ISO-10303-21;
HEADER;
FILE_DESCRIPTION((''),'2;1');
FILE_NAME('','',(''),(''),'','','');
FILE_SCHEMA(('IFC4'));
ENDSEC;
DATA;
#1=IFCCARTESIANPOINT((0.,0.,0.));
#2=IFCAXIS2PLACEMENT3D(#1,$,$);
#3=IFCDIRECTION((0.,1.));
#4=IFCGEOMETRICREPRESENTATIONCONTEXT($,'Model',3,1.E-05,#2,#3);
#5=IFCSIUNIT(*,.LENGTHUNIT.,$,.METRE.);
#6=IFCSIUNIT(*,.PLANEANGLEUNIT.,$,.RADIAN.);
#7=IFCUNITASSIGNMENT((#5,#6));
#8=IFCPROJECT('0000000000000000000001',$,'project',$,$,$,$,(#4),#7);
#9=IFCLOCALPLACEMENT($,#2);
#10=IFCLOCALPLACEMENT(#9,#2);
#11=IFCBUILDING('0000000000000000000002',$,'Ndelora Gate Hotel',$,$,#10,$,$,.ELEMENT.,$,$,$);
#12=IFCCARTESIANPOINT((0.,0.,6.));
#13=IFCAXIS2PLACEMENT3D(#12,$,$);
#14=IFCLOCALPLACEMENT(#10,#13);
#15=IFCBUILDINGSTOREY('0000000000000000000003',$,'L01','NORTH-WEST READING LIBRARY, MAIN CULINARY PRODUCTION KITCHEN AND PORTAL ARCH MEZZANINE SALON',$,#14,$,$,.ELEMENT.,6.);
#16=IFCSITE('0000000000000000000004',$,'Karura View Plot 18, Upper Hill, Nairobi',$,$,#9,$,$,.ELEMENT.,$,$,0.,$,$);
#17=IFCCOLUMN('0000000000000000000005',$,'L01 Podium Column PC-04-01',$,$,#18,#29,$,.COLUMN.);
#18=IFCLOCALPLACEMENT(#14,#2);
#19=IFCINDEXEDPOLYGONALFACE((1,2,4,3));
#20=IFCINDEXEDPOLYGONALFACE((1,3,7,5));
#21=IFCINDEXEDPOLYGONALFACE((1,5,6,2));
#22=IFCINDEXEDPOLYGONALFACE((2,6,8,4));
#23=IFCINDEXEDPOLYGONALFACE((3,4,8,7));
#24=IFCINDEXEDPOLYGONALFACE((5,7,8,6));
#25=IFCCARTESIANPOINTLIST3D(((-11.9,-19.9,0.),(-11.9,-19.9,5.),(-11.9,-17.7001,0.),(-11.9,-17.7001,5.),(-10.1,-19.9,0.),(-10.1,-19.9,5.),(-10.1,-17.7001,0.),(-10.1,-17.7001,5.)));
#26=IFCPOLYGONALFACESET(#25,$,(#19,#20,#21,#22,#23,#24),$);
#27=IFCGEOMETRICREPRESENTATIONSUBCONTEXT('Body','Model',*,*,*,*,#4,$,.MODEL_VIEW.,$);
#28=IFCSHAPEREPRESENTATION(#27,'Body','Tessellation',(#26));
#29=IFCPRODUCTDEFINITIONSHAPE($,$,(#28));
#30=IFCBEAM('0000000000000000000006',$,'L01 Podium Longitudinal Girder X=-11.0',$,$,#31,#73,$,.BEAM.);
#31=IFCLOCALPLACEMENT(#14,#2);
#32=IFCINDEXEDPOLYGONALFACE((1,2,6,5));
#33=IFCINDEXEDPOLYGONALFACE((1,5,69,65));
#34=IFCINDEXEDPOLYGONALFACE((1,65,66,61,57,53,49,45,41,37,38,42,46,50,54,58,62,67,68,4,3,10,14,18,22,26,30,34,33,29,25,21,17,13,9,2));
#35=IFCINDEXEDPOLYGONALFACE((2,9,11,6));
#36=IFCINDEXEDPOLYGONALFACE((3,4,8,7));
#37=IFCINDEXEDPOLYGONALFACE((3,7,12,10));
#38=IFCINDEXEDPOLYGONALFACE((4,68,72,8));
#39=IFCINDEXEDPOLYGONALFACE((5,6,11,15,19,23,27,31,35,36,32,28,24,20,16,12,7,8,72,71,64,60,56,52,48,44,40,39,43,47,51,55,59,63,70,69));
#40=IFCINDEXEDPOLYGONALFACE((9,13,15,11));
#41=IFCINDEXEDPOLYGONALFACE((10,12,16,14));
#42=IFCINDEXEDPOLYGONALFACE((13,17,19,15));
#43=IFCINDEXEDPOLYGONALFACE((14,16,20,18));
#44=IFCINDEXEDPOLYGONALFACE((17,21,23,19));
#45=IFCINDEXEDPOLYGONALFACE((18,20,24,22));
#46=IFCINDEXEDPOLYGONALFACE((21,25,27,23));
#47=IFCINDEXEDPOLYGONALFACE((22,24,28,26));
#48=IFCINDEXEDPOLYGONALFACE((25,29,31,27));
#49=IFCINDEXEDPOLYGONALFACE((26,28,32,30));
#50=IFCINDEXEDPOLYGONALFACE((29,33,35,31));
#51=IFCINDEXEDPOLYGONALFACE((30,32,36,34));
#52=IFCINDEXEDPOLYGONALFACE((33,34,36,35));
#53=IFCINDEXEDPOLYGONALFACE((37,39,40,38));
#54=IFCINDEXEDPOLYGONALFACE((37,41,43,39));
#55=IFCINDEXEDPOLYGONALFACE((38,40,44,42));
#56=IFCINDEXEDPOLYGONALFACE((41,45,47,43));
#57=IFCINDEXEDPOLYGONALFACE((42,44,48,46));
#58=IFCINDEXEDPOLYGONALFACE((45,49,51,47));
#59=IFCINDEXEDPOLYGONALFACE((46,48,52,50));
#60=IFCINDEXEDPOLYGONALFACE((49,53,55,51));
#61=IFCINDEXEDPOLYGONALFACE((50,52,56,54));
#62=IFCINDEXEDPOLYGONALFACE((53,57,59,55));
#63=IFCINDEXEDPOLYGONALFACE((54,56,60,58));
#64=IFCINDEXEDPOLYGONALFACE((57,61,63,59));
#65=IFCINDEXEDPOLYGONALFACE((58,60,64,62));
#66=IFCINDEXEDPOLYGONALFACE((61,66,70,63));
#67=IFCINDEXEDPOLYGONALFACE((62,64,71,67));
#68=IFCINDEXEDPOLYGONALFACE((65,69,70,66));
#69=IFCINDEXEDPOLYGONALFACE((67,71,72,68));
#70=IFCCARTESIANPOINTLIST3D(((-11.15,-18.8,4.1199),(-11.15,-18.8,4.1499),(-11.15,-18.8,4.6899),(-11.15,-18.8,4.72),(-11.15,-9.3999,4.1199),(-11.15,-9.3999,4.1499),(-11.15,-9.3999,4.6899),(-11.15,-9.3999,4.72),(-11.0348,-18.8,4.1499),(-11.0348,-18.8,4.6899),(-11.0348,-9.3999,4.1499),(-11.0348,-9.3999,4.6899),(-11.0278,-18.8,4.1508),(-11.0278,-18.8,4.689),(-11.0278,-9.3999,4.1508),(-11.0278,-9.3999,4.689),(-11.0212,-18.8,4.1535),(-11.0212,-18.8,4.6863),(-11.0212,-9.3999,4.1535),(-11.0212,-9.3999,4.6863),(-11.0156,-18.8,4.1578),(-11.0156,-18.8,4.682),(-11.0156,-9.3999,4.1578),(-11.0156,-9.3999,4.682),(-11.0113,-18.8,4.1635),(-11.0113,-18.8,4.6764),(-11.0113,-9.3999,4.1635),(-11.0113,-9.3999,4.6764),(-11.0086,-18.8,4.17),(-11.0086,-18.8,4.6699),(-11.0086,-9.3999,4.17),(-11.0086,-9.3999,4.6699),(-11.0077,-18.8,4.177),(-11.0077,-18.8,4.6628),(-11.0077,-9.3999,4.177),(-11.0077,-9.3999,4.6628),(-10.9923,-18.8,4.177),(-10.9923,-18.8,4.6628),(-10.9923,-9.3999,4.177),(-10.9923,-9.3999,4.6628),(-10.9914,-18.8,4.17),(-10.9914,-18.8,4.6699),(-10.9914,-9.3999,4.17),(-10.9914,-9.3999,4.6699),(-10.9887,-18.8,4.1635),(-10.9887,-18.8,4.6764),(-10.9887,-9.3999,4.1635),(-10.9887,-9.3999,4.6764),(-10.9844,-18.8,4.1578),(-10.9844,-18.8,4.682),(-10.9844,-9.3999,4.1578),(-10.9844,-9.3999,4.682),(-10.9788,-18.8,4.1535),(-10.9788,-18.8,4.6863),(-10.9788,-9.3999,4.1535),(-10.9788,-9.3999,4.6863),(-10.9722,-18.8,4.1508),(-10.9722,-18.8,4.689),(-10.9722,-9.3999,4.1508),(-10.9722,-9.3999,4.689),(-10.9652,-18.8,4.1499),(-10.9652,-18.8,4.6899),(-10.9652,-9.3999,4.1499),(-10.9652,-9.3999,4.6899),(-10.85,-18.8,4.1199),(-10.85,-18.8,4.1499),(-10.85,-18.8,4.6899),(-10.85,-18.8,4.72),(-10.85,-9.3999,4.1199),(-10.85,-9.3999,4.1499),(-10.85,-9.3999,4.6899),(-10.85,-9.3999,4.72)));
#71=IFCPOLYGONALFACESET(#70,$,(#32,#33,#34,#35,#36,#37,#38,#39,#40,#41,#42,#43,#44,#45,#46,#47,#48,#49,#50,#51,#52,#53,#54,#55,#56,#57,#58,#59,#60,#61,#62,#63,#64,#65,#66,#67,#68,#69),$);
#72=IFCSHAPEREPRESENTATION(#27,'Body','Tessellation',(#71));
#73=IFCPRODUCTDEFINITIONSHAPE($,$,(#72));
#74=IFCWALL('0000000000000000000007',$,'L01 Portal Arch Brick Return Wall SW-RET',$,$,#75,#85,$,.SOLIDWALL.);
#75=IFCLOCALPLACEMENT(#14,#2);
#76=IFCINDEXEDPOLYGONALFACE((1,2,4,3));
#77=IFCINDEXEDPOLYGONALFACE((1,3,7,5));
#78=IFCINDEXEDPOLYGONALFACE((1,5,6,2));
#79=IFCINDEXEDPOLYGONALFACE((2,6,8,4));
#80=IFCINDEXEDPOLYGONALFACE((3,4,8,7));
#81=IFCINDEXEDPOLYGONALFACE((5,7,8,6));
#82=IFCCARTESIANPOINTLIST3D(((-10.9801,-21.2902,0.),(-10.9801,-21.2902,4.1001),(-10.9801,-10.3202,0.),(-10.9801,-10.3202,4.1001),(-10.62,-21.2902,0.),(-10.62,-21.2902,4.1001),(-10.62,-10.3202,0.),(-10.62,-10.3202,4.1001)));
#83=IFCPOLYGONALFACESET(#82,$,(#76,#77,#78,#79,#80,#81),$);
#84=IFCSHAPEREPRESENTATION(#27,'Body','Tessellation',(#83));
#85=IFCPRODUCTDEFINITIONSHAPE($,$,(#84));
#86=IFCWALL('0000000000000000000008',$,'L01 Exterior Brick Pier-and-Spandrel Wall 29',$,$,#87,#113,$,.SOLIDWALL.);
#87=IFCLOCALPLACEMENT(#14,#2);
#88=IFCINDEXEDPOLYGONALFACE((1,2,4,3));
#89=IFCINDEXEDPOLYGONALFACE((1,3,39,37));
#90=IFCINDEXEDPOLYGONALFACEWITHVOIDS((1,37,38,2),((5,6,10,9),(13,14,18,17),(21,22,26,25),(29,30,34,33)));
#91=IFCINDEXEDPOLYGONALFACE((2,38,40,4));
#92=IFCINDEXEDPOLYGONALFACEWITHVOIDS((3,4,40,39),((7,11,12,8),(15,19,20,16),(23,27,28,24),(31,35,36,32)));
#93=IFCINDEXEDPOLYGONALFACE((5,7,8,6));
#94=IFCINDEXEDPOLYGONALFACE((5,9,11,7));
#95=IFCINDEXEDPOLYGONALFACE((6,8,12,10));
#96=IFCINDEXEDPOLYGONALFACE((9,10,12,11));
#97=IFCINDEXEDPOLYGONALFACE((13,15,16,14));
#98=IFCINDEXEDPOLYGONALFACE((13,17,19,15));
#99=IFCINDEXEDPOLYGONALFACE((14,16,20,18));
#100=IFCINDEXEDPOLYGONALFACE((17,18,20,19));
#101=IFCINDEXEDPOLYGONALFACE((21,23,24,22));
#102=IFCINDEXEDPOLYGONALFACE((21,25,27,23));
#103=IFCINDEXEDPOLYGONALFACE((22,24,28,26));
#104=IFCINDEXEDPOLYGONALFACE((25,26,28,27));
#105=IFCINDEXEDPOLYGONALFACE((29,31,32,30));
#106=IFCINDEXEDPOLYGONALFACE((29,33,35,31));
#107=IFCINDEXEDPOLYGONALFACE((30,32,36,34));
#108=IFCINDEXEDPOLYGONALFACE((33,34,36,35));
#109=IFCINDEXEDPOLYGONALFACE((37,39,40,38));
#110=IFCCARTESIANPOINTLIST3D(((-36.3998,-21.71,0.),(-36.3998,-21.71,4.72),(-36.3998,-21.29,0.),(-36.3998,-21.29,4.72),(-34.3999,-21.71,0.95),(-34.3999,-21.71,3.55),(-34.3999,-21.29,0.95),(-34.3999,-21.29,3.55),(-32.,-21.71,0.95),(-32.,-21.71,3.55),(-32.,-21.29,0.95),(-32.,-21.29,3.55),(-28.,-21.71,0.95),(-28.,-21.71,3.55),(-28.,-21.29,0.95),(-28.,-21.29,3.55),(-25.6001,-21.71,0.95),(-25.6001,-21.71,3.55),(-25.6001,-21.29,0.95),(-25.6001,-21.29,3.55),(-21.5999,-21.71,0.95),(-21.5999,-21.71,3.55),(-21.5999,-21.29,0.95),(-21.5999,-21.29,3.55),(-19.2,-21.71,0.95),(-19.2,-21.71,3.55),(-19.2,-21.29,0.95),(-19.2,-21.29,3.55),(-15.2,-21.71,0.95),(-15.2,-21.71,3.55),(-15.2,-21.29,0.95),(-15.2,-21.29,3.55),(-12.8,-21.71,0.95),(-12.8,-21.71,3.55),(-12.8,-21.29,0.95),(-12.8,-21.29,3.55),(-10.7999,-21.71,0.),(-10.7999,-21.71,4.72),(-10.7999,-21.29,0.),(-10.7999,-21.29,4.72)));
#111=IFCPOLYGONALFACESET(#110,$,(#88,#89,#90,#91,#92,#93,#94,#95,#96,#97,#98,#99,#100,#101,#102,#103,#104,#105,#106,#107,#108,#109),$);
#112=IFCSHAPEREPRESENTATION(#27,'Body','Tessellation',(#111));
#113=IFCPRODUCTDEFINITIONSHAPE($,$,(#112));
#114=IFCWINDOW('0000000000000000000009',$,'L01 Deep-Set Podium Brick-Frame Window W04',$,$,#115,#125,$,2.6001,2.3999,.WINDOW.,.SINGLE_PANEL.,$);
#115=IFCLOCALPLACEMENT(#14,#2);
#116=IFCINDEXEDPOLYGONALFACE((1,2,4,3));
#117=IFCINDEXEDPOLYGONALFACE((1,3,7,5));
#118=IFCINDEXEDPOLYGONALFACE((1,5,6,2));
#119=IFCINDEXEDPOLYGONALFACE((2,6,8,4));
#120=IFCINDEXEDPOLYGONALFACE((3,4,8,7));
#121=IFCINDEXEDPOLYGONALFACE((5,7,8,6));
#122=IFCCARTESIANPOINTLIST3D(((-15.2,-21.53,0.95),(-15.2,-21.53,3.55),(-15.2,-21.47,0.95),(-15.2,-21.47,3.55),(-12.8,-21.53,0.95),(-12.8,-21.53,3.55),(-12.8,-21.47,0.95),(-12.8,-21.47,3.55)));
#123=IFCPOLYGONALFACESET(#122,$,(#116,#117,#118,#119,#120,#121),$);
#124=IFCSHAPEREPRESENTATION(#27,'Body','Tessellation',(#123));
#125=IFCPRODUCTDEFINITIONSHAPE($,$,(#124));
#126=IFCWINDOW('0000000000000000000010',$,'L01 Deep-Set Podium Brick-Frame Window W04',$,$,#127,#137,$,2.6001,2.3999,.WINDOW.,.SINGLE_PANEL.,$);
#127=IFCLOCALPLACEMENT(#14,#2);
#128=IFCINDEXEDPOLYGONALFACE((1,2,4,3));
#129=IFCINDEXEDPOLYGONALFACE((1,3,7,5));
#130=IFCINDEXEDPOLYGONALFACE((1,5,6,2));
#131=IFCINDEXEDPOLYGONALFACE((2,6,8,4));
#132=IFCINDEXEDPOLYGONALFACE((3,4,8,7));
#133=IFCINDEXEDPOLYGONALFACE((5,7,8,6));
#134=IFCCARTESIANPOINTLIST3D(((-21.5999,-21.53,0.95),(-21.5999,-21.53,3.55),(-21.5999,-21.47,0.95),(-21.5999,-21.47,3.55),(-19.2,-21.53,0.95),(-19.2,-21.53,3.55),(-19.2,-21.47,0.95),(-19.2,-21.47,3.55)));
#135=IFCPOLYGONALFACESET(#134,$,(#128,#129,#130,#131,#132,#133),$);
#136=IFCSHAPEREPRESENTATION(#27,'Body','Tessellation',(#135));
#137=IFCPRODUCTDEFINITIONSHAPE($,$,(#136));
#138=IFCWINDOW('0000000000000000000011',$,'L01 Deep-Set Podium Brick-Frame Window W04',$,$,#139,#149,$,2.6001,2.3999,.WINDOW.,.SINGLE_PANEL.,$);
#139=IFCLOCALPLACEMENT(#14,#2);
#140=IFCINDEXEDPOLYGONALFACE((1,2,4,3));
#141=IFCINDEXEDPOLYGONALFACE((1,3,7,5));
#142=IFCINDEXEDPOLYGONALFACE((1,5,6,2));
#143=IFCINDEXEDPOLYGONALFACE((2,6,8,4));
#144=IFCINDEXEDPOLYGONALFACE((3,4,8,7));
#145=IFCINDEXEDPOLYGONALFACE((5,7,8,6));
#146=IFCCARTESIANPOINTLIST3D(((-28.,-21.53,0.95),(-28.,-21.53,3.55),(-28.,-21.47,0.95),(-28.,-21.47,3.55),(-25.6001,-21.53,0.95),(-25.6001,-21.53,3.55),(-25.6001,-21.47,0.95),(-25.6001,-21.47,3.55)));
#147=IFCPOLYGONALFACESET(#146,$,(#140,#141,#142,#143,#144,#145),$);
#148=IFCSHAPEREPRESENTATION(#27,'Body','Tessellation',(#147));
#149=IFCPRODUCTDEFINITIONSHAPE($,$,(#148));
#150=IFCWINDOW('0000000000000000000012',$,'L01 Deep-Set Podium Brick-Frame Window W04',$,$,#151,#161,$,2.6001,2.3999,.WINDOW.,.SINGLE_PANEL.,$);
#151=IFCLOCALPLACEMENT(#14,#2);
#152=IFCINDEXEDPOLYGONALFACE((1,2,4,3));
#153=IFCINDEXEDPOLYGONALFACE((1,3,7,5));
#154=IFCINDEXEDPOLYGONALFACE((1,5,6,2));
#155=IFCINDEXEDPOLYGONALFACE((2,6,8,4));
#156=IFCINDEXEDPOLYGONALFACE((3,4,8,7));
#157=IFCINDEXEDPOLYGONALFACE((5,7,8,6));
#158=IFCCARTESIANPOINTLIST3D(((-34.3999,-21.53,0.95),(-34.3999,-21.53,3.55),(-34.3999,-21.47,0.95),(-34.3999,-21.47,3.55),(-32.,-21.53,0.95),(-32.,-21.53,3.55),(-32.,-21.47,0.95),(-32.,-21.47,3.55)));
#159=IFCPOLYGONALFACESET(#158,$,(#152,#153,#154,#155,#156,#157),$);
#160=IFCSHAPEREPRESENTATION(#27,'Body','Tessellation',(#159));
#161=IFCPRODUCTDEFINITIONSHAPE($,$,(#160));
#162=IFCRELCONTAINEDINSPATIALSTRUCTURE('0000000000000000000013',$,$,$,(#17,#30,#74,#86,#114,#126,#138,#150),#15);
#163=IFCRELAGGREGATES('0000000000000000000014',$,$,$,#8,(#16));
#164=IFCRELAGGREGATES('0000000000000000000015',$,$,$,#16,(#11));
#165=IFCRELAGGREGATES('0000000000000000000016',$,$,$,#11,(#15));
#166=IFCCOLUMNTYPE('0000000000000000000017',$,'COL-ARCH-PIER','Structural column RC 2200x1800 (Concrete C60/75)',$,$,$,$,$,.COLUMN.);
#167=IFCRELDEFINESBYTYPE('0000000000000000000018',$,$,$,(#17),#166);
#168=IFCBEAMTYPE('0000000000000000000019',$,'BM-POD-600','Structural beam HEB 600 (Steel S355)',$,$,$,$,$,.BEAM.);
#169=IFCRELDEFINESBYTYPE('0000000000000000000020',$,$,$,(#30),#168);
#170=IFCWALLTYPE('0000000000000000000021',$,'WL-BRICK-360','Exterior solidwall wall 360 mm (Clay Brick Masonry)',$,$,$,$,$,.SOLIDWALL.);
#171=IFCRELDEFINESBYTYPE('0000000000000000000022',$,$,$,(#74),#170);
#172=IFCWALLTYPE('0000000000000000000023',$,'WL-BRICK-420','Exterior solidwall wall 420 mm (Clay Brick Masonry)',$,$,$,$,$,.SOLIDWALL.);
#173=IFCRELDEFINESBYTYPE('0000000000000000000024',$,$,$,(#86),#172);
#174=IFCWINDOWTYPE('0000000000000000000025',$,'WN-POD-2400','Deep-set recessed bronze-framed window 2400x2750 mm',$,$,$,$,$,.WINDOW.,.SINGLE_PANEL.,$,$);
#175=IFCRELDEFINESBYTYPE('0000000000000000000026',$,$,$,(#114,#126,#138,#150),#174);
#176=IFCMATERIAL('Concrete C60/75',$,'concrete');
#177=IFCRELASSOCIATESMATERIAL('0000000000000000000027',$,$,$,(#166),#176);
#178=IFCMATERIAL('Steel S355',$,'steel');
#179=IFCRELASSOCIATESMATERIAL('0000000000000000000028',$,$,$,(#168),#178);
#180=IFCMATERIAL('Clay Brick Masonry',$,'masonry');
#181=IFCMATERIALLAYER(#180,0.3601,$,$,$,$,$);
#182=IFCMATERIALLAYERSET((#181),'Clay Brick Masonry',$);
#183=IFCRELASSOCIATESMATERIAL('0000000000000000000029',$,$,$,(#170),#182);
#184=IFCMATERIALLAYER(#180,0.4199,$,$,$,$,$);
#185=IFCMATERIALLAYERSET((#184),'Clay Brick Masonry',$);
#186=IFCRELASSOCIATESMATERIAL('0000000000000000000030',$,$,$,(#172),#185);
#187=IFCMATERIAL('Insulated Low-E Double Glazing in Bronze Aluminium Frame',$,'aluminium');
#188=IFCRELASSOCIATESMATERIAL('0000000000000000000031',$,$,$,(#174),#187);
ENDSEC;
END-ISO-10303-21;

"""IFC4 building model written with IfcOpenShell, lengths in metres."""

from ifc_helpers import new_model, si_unit, direction, frame, frame_2d, origin, origin_2d, place, context, subcontext, project, spatial, rectangle, i_section, extrude, material, layer, layer_set, material_profile, profile_set, type_object, element, fill, save


model = new_model("IFC4")

# Units and contexts
model_context = context("Model", 3, precision=1e-05, world=origin(), true_north=direction((0.0, 1.0)))
body_context = subcontext(model_context, "Body", "Model", "MODEL_VIEW")
ifc_project = project(units=[si_unit("LENGTHUNIT", "METRE"), si_unit("PLANEANGLEUNIT", "RADIAN")], contexts=[model_context])

# Site, building, storey
site_placement = place(None, origin())
site = spatial("IfcSite", under=ifc_project, at=site_placement, Name="Karura View Plot 18, Upper Hill, Nairobi", CompositionType="ELEMENT", RefElevation=0.0)
building_placement = place(site_placement, origin())
building = spatial("IfcBuilding", under=site, at=building_placement, Name="Ndelora Gate Hotel", CompositionType="ELEMENT")
storey_placement = place(building_placement, frame((0.0, 0.0, 6.0)))
storey = spatial("IfcBuildingStorey", under=building, at=storey_placement, Name="L01", Description="NORTH-WEST READING LIBRARY, MAIN CULINARY PRODUCTION KITCHEN AND PORTAL ARCH MEZZANINE SALON", CompositionType="ELEMENT", Elevation=6.0)

# Column
ifc_material_1 = material(Name="Concrete C60/75", Category="concrete")
ifc_material_profile_1 = material_profile(ifc_material_1, rectangle(XDim=1.8, YDim=2.2, at=origin_2d()), Name="RC 2200x1800")
ifc_profile_set_1 = profile_set([ifc_material_profile_1], Name="Concrete C60/75")
column_type = type_object("IfcColumnType", Name="COL-ARCH-PIER", Description="Structural column RC 2200x1800 (Concrete C60/75)", PredefinedType="COLUMN", material=ifc_profile_set_1)
column_placement = place(storey_placement, frame((-11.0, -18.8, 0.0), z_axis=(0.0, 0.0, 1.0), x_axis=(1.0, 0.0, 0.0)))
element("IfcColumn", 1, at=column_placement, inside=storey, type_object=column_type, Name="L01 Podium Column PC-04-01", PredefinedType="COLUMN", context=body_context, shape_type="SweptSolid", body=[
    extrude(rectangle(XDim=1.8, YDim=2.2, at=origin_2d()), origin(), (0.0, 0.0, 1.0), 5.0),
])

# Beam
ifc_material_2 = material(Name="Steel S355", Category="steel")
ifc_material_profile_2 = material_profile(ifc_material_2, i_section(OverallWidth=0.3, OverallDepth=0.6001, WebThickness=0.0154, FlangeThickness=0.03, FilletRadius=0.0271, at=origin_2d()), Name="HEB 600")
ifc_profile_set_2 = profile_set([ifc_material_profile_2], Name="Steel S355")
beam_type = type_object("IfcBeamType", Name="BM-POD-600", Description="Structural beam HEB 600 (Steel S355)", PredefinedType="BEAM", material=ifc_profile_set_2)
beam_placement = place(storey_placement, frame((-11.0, -18.8, 4.4199), z_axis=(0.0, 1.0, 0.0), x_axis=(-1.0, 0.0, 0.0)))
element("IfcBeam", 2, at=beam_placement, inside=storey, type_object=beam_type, Name="L01 Podium Longitudinal Girder X=-11.0", PredefinedType="BEAM", context=body_context, shape_type="SweptSolid", body=[
    extrude(i_section(OverallWidth=0.3, OverallDepth=0.6001, WebThickness=0.0154, FlangeThickness=0.03, FilletRadius=0.0271, at=origin_2d()), origin(), (0.0, 0.0, 1.0), 9.4001),
])

# Wall
ifc_material_3 = material(Name="Clay Brick Masonry", Category="masonry")
ifc_layer_1 = layer(ifc_material_3, 0.3601)
ifc_layer_set_1 = layer_set([ifc_layer_1], Name="Clay Brick Masonry")
wall_type_1 = type_object("IfcWallType", Name="WL-BRICK-360", Description="Exterior solidwall wall 360 mm (Clay Brick Masonry)", PredefinedType="SOLIDWALL", material=ifc_layer_set_1)
wall_1_placement = place(storey_placement, frame((-10.8, -21.29, 0.0), z_axis=(0.0, 0.0, 1.0), x_axis=(0.0, 1.0, 0.0)))
element("IfcWall", 3, at=wall_1_placement, inside=storey, type_object=wall_type_1, Name="L01 Portal Arch Brick Return Wall SW-RET", PredefinedType="SOLIDWALL", context=body_context, shape_type="SweptSolid", body=[
    extrude(rectangle(XDim=10.97, YDim=0.3601, at=frame_2d((5.4849, 0.0))), origin(), (0.0, 0.0, 1.0), 4.1001),
])

# Wall, openings, windows
ifc_layer_2 = layer(ifc_material_3, 0.4199)
ifc_layer_set_2 = layer_set([ifc_layer_2], Name="Clay Brick Masonry")
wall_type_2 = type_object("IfcWallType", Name="WL-BRICK-420", Description="Exterior solidwall wall 420 mm (Clay Brick Masonry)", PredefinedType="SOLIDWALL", material=ifc_layer_set_2)
wall_2_placement = place(storey_placement, frame((-10.8, -21.5, 0.0), z_axis=(0.0, 0.0, 1.0), x_axis=(-1.0, 0.0, 0.0)))
wall_2 = element("IfcWall", 4, at=wall_2_placement, inside=storey, type_object=wall_type_2, Name="L01 Exterior Brick Pier-and-Spandrel Wall 29", PredefinedType="SOLIDWALL", context=body_context, shape_type="SweptSolid", body=[
    extrude(rectangle(XDim=25.5999, YDim=0.4199, at=frame_2d((12.7998, 0.0))), origin(), (0.0, 0.0, 1.0), 4.72),
])
opening_1_placement = place(wall_2_placement, frame((2.0, 0.0, 0.95)))
opening_1 = element("IfcOpeningElement", 5, at=opening_1_placement, cuts=wall_2, PredefinedType="OPENING", context=body_context, shape_type="SweptSolid", body=[
    extrude(rectangle(XDim=2.3999, YDim=2.6001, at=frame_2d((1.2, 1.3))), frame((0.0, 0.22, 0.0), z_axis=(0.0, -1.0, 0.0), x_axis=(1.0, 0.0, 0.0)), (0.0, 0.0, 1.0), 0.4399),
])
opening_2_placement = place(wall_2_placement, frame((8.3999, 0.0, 0.95)))
opening_2 = element("IfcOpeningElement", 6, at=opening_2_placement, cuts=wall_2, PredefinedType="OPENING", context=body_context, shape_type="SweptSolid", body=[
    extrude(rectangle(XDim=2.3999, YDim=2.6001, at=frame_2d((1.2, 1.3))), frame((0.0, 0.22, 0.0), z_axis=(0.0, -1.0, 0.0), x_axis=(1.0, 0.0, 0.0)), (0.0, 0.0, 1.0), 0.4399),
])
opening_3_placement = place(wall_2_placement, frame((14.8, 0.0, 0.95)))
opening_3 = element("IfcOpeningElement", 7, at=opening_3_placement, cuts=wall_2, PredefinedType="OPENING", context=body_context, shape_type="SweptSolid", body=[
    extrude(rectangle(XDim=2.3999, YDim=2.6001, at=frame_2d((1.2, 1.3))), frame((0.0, 0.22, 0.0), z_axis=(0.0, -1.0, 0.0), x_axis=(1.0, 0.0, 0.0)), (0.0, 0.0, 1.0), 0.4399),
])
opening_4_placement = place(wall_2_placement, frame((21.2, 0.0, 0.95)))
opening_4 = element("IfcOpeningElement", 8, at=opening_4_placement, cuts=wall_2, PredefinedType="OPENING", context=body_context, shape_type="SweptSolid", body=[
    extrude(rectangle(XDim=2.3999, YDim=2.6001, at=frame_2d((1.2, 1.3))), frame((0.0, 0.22, 0.0), z_axis=(0.0, -1.0, 0.0), x_axis=(1.0, 0.0, 0.0)), (0.0, 0.0, 1.0), 0.4399),
])
ifc_material_4 = material(Name="Insulated Low-E Double Glazing in Bronze Aluminium Frame", Category="aluminium")
window_type = type_object("IfcWindowType", Name="WN-POD-2400", Description="Deep-set recessed bronze-framed window 2400x2750 mm", PartitioningType="SINGLE_PANEL", PredefinedType="WINDOW", material=ifc_material_4)
window_1_placement = place(opening_1_placement, origin())
window_1 = element("IfcWindow", 9, at=window_1_placement, inside=storey, type_object=window_type, Name="L01 Deep-Set Podium Brick-Frame Window W04", OverallHeight=2.6001, OverallWidth=2.3999, PartitioningType="SINGLE_PANEL", PredefinedType="WINDOW", context=body_context, shape_type="SweptSolid", body=[
    extrude(rectangle(XDim=2.3999, YDim=2.6001, at=frame_2d((1.2, 1.3))), frame((0.0, 0.03, 0.0), z_axis=(0.0, -1.0, 0.0), x_axis=(1.0, 0.0, 0.0)), (0.0, 0.0, 1.0), 0.0601),
])
fill(opening_1, window_1)
window_2_placement = place(opening_2_placement, origin())
window_2 = element("IfcWindow", 10, at=window_2_placement, inside=storey, type_object=window_type, Name="L01 Deep-Set Podium Brick-Frame Window W04", OverallHeight=2.6001, OverallWidth=2.3999, PartitioningType="SINGLE_PANEL", PredefinedType="WINDOW", context=body_context, shape_type="SweptSolid", body=[
    extrude(rectangle(XDim=2.3999, YDim=2.6001, at=frame_2d((1.2, 1.3))), frame((0.0, 0.03, 0.0), z_axis=(0.0, -1.0, 0.0), x_axis=(1.0, 0.0, 0.0)), (0.0, 0.0, 1.0), 0.0601),
])
fill(opening_2, window_2)
window_3_placement = place(opening_3_placement, origin())
window_3 = element("IfcWindow", 11, at=window_3_placement, inside=storey, type_object=window_type, Name="L01 Deep-Set Podium Brick-Frame Window W04", OverallHeight=2.6001, OverallWidth=2.3999, PartitioningType="SINGLE_PANEL", PredefinedType="WINDOW", context=body_context, shape_type="SweptSolid", body=[
    extrude(rectangle(XDim=2.3999, YDim=2.6001, at=frame_2d((1.2, 1.3))), frame((0.0, 0.03, 0.0), z_axis=(0.0, -1.0, 0.0), x_axis=(1.0, 0.0, 0.0)), (0.0, 0.0, 1.0), 0.0601),
])
fill(opening_3, window_3)
window_4_placement = place(opening_4_placement, origin())
window_4 = element("IfcWindow", 12, at=window_4_placement, inside=storey, type_object=window_type, Name="L01 Deep-Set Podium Brick-Frame Window W04", OverallHeight=2.6001, OverallWidth=2.3999, PartitioningType="SINGLE_PANEL", PredefinedType="WINDOW", context=body_context, shape_type="SweptSolid", body=[
    extrude(rectangle(XDim=2.3999, YDim=2.6001, at=frame_2d((1.2, 1.3))), frame((0.0, 0.03, 0.0), z_axis=(0.0, -1.0, 0.0), x_axis=(1.0, 0.0, 0.0)), (0.0, 0.0, 1.0), 0.0601),
])
fill(opening_4, window_4)

save(model, "model.ifc")
